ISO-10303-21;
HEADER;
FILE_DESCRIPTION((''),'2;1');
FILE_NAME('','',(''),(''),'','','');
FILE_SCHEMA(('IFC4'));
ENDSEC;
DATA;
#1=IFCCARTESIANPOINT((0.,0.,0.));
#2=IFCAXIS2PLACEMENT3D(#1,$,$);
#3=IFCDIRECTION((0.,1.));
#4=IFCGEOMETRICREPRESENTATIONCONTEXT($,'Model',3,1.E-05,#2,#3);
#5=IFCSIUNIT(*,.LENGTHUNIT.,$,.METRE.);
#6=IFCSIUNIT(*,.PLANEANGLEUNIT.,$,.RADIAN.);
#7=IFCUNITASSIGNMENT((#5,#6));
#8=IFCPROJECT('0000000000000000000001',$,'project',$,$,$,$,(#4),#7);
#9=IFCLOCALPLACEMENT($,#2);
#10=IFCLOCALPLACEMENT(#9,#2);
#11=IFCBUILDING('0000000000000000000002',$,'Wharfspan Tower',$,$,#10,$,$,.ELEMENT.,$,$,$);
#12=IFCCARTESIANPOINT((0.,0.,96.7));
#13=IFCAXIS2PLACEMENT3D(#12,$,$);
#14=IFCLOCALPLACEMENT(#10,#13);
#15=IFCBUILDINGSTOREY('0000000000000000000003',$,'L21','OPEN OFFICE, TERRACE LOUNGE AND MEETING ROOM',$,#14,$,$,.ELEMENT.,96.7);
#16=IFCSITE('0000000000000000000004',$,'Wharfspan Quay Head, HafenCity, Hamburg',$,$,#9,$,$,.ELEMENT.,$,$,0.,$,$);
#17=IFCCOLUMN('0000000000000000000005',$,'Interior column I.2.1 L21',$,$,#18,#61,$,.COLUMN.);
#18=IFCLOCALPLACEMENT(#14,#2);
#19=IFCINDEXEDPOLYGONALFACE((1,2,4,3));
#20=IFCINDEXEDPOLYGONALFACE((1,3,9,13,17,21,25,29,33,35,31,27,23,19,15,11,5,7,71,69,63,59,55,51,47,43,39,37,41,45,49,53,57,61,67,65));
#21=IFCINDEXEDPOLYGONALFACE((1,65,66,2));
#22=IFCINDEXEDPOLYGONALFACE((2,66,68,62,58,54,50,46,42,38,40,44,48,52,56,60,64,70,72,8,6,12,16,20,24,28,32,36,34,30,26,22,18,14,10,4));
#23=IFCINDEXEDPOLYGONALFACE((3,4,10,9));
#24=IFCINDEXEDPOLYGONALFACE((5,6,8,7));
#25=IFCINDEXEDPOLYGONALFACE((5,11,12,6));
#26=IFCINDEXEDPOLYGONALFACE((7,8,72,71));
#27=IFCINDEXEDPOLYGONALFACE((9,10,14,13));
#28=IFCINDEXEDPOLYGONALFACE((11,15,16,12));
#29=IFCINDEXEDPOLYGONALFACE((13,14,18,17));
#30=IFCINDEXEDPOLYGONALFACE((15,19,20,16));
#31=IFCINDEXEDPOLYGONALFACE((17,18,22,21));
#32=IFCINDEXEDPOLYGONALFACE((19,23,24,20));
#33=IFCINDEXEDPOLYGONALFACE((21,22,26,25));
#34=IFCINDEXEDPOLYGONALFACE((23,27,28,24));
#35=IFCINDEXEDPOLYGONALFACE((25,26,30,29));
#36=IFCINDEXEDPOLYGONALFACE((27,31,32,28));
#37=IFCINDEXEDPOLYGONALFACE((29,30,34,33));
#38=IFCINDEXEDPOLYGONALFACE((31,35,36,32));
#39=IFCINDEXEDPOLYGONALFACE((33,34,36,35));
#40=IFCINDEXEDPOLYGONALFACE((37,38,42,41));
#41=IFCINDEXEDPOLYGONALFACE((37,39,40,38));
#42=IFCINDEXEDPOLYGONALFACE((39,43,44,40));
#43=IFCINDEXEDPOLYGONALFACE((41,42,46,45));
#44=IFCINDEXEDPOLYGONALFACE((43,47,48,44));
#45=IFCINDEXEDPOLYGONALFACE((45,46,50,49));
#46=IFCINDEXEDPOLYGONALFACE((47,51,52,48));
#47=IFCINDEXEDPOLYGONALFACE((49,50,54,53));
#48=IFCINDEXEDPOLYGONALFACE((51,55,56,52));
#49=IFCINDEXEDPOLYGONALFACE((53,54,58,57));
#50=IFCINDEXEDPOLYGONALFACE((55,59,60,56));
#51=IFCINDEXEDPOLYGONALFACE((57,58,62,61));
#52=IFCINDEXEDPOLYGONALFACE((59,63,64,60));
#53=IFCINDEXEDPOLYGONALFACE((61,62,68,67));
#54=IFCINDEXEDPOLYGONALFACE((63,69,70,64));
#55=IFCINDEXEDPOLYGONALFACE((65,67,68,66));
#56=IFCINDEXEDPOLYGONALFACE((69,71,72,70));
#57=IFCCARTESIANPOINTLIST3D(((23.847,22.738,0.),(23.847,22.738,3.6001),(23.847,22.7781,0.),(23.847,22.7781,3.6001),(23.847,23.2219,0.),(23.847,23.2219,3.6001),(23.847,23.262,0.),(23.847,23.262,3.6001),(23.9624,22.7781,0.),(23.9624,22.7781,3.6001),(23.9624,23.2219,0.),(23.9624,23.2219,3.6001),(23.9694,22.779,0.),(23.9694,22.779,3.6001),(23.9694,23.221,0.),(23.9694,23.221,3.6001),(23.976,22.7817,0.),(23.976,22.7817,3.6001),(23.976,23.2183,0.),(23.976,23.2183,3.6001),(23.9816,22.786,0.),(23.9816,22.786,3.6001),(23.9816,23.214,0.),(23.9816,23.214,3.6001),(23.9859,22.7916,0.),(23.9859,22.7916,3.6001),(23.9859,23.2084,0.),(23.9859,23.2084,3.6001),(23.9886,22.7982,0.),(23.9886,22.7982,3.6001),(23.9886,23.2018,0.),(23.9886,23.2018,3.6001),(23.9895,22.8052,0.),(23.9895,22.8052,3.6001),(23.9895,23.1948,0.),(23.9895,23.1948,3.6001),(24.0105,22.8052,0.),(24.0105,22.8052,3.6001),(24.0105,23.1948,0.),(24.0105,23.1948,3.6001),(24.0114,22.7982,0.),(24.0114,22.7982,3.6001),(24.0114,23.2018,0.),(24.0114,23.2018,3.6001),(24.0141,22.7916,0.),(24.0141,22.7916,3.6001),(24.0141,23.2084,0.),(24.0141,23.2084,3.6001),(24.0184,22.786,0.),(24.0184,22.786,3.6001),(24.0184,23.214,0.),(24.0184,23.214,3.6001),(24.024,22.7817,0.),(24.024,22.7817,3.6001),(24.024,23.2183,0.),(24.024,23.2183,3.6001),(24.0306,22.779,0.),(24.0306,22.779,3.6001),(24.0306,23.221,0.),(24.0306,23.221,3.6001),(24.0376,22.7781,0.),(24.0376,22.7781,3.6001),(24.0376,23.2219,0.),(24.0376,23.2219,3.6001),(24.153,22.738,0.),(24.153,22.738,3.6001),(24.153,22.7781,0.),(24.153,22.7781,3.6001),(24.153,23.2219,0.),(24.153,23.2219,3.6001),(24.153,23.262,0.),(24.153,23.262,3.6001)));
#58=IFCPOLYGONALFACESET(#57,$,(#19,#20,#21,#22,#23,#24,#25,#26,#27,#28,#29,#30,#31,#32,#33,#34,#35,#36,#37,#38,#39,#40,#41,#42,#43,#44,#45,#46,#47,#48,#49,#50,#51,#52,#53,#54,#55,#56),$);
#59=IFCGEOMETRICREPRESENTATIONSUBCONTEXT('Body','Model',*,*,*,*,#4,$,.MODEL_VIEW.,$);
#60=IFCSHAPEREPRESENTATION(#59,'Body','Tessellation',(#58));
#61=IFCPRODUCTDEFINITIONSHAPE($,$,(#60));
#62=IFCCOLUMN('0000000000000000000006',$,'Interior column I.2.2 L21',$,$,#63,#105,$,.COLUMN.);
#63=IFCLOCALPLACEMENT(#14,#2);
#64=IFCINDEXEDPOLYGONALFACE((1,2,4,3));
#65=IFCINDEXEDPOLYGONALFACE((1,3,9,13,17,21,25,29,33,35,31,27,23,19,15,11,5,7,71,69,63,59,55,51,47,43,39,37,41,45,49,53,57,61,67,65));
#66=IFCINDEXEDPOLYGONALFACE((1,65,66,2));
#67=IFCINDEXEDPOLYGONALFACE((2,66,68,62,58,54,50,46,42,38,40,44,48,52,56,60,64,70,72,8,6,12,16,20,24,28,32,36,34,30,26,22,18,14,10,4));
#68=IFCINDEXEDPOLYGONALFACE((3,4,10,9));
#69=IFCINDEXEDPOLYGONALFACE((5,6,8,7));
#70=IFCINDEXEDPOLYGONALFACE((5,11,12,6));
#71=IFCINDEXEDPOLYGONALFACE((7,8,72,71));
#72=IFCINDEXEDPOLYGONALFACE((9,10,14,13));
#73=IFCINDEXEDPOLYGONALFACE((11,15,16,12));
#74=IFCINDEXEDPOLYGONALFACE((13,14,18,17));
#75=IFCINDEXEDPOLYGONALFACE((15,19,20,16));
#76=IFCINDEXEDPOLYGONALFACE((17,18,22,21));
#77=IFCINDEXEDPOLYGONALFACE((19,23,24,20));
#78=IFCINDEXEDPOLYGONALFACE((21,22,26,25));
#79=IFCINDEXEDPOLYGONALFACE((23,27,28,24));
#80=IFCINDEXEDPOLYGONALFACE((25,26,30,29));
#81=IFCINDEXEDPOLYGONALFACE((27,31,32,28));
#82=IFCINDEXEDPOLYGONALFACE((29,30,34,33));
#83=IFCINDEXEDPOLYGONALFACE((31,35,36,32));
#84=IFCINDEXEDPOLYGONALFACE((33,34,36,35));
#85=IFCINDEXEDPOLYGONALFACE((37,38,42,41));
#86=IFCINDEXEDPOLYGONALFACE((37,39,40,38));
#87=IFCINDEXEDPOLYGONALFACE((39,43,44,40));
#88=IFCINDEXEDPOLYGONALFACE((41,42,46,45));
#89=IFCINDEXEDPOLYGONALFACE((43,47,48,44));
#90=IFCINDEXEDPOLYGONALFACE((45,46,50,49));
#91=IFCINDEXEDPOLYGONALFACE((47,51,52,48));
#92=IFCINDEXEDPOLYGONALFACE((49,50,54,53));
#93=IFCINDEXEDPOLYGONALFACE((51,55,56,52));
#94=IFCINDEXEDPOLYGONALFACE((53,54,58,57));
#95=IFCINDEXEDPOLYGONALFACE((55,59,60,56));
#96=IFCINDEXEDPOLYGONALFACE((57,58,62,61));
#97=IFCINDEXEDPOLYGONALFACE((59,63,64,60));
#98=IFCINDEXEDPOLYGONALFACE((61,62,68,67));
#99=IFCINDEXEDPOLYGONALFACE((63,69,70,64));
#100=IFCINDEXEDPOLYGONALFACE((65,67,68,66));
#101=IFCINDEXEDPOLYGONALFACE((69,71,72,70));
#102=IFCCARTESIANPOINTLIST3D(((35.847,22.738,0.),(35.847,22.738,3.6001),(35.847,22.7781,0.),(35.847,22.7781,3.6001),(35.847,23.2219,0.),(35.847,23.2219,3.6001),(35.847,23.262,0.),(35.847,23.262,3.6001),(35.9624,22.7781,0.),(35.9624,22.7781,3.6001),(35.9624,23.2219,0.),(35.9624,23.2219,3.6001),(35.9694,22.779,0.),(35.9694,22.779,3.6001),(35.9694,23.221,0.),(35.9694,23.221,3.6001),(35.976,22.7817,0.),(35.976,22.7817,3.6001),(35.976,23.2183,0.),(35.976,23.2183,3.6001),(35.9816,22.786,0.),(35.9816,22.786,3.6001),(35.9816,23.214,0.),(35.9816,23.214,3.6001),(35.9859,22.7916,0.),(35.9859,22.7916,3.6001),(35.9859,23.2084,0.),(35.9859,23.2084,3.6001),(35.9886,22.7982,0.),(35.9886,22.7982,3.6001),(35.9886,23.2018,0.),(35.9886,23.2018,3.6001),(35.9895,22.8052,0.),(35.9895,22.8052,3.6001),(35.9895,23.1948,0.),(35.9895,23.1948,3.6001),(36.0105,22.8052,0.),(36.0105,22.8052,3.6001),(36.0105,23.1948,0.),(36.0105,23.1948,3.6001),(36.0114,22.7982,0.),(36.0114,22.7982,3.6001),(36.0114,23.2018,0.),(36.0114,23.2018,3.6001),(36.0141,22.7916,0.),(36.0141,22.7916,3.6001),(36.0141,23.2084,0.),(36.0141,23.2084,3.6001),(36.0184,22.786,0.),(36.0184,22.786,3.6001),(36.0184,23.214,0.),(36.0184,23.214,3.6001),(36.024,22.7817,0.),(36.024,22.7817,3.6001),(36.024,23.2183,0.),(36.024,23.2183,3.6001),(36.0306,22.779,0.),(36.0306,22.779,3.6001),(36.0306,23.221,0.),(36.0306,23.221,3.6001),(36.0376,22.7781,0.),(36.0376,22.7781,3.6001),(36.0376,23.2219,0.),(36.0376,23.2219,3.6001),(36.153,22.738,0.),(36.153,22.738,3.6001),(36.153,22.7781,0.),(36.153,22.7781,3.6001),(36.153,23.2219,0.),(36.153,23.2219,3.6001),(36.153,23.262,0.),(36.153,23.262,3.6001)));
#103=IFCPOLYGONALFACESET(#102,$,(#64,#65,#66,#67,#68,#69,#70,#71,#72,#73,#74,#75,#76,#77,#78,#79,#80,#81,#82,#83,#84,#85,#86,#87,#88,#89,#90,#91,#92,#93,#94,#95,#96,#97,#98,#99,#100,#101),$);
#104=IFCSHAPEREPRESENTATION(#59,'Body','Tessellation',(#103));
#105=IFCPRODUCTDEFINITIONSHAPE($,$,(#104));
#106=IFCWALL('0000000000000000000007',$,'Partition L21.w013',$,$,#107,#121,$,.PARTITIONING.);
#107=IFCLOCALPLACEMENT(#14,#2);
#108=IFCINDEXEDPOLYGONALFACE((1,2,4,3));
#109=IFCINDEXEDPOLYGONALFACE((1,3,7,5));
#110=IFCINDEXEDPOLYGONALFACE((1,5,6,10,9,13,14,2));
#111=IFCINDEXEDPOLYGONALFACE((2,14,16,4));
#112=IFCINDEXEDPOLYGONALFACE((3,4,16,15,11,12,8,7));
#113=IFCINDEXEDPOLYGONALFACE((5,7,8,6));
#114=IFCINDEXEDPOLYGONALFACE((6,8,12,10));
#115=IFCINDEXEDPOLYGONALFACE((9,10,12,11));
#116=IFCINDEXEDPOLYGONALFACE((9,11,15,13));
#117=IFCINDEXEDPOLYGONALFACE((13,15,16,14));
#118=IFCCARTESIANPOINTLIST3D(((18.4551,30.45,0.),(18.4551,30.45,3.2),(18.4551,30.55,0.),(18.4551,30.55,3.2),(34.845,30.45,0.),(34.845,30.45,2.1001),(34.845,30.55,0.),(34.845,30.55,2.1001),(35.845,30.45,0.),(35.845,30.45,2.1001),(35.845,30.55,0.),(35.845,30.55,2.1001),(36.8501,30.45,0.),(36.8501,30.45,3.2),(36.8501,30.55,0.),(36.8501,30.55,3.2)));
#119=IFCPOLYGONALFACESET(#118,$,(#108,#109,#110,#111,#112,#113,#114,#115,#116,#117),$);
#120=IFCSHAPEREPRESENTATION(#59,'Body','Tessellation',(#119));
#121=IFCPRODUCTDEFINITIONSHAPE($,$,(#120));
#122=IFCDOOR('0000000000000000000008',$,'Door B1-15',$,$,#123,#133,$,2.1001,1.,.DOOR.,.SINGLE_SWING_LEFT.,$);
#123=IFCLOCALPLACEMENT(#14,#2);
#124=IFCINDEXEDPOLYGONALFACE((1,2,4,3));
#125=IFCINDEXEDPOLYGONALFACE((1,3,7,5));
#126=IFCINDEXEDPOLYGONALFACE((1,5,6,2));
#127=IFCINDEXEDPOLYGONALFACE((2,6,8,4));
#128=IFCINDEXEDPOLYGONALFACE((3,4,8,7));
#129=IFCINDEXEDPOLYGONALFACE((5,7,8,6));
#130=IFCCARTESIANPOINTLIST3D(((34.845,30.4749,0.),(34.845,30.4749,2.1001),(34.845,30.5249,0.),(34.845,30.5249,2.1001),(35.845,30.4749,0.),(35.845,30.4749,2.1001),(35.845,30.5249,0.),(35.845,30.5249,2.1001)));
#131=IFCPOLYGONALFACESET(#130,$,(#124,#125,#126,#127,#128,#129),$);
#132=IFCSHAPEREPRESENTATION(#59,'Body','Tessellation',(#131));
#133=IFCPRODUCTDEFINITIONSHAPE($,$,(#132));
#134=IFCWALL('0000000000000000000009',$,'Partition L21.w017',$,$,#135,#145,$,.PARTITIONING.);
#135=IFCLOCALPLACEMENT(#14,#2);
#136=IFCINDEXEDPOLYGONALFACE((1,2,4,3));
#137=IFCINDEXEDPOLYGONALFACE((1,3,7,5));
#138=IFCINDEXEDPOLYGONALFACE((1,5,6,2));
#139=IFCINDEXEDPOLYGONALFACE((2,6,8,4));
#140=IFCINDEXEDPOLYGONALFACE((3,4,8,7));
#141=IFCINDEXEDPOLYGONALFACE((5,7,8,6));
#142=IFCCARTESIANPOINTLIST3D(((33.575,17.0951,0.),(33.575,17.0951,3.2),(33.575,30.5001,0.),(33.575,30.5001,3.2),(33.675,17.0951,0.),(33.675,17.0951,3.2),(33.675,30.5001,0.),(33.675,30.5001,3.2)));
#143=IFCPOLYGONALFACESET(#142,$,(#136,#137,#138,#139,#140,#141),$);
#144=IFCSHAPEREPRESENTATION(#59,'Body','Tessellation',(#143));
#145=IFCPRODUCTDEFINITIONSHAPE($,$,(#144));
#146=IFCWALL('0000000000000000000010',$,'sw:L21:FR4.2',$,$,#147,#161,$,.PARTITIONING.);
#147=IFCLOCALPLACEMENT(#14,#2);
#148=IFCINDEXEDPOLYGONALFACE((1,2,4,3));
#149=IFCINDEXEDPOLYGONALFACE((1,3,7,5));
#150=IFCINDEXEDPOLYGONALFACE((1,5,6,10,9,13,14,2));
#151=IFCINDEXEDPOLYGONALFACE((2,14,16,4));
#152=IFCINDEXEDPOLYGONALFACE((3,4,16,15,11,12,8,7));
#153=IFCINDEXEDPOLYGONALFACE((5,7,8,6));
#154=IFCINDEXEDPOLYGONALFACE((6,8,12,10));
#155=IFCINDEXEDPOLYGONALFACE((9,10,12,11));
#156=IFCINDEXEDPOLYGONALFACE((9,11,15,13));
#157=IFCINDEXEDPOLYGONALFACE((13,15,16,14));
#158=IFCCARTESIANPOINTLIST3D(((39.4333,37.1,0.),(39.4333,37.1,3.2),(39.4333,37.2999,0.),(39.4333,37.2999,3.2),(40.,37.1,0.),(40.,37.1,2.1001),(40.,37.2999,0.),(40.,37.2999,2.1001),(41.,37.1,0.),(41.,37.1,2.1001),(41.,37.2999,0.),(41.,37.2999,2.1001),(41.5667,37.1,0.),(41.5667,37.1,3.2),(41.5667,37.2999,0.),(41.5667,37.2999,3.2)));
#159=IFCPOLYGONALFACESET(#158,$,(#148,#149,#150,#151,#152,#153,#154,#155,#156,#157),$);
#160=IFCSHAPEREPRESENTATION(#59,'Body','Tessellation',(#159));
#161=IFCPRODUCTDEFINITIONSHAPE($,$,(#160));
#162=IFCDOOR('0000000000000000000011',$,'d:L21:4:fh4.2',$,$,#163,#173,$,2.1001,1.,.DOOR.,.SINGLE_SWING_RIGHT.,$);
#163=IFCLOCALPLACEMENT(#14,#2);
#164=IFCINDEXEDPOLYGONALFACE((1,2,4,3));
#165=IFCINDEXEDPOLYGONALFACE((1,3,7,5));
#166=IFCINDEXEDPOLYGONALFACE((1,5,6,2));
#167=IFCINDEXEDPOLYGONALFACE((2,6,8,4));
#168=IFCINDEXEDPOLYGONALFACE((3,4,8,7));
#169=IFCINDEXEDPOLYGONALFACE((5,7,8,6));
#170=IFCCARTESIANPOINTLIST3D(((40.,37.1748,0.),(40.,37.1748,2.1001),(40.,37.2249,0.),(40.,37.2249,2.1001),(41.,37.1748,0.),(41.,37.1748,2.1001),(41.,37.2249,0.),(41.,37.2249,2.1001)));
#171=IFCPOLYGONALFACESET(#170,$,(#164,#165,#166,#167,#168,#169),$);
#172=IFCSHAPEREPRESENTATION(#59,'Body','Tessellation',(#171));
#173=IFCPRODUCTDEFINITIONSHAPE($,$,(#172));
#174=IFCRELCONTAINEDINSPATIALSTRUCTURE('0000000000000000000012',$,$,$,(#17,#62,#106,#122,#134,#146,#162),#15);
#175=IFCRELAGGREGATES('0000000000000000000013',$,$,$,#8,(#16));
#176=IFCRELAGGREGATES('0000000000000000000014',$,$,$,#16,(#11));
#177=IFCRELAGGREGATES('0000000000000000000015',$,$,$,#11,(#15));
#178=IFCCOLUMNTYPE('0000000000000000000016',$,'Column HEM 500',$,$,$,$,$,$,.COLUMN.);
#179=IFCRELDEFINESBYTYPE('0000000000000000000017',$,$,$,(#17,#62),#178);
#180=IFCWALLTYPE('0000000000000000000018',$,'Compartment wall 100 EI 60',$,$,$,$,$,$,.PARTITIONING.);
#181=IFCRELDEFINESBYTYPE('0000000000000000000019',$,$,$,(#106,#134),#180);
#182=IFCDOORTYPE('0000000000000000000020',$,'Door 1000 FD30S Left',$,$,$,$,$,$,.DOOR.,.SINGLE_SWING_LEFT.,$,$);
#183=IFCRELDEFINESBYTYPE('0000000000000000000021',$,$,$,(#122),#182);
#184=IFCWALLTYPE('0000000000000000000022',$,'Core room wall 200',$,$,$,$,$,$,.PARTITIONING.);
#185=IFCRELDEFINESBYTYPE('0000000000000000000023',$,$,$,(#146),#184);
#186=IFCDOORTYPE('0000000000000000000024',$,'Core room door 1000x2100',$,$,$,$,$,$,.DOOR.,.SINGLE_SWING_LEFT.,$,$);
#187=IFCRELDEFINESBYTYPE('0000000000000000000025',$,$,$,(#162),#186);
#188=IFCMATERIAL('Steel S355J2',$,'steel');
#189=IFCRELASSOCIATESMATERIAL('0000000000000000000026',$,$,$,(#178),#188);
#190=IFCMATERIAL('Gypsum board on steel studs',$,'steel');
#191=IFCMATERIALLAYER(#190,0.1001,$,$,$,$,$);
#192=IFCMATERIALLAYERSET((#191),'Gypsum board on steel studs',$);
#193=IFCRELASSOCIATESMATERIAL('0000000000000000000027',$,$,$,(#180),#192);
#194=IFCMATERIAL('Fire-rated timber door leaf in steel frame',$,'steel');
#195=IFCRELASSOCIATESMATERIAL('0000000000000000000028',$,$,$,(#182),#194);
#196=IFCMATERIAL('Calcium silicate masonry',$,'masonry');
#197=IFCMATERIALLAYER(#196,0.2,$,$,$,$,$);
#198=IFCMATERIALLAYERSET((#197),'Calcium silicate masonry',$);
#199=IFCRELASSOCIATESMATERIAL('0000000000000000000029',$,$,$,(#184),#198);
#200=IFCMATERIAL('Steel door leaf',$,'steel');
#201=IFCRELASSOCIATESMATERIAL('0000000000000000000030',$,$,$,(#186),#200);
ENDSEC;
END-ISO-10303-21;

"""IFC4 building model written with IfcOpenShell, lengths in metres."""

from ifc_helpers import new_model, si_unit, direction, frame, frame_2d, origin, origin_2d, place, context, subcontext, project, spatial, rectangle, i_section, extrude, material, layer, layer_set, material_profile, profile_set, type_object, element, fill, save


model = new_model("IFC4")

# Units and contexts
model_context = context("Model", 3, precision=1e-05, world=origin(), true_north=direction((0.0, 1.0)))
body_context = subcontext(model_context, "Body", "Model", "MODEL_VIEW")
ifc_project = project(units=[si_unit("LENGTHUNIT", "METRE"), si_unit("PLANEANGLEUNIT", "RADIAN")], contexts=[model_context])

# Site, building, storey
site_placement = place(None, origin())
site = spatial("IfcSite", under=ifc_project, at=site_placement, Name="Wharfspan Quay Head, HafenCity, Hamburg", CompositionType="ELEMENT", RefElevation=0.0)
building_placement = place(site_placement, origin())
building = spatial("IfcBuilding", under=site, at=building_placement, Name="Wharfspan Tower", CompositionType="ELEMENT")
storey_placement = place(building_placement, frame((0.0, 0.0, 96.7)))
storey = spatial("IfcBuildingStorey", under=building, at=storey_placement, Name="L21", Description="OPEN OFFICE, TERRACE LOUNGE AND MEETING ROOM", CompositionType="ELEMENT", Elevation=96.7)

# Columns
ifc_material_1 = material(Name="Steel S355J2", Category="steel")
ifc_material_profile = material_profile(ifc_material_1, i_section(OverallWidth=0.3059, OverallDepth=0.5239, WebThickness=0.021, FlangeThickness=0.04, FilletRadius=0.0271, at=origin_2d()))
ifc_profile_set = profile_set([ifc_material_profile], Name="Steel S355J2")
column_type = type_object("IfcColumnType", Name="Column HEM 500", PredefinedType="COLUMN", material=ifc_profile_set)
for number, where, z_axis, x_axis, name in (
    (1, (24.0, 23.0, 0.0), (0.0, 0.0, 1.0), (1.0, 0.0, 0.0), "Interior column I.2.1 L21"),
    (2, (36.0, 23.0, 0.0), (0.0, 0.0, 1.0), (1.0, 0.0, 0.0), "Interior column I.2.2 L21"),
):
    element("IfcColumn", number, at=place(storey_placement, frame(where, z_axis=z_axis, x_axis=x_axis)), inside=storey, type_object=column_type, Name=name, PredefinedType="COLUMN", context=body_context, shape_type="SweptSolid", body=[
        extrude(i_section(OverallWidth=0.3059, OverallDepth=0.5239, WebThickness=0.021, FlangeThickness=0.04, FilletRadius=0.0271, at=origin_2d()), origin(), (0.0, 0.0, 1.0), 3.6001),
    ])

# Wall, opening, door
ifc_material_2 = material(Name="Gypsum board on steel studs", Category="steel")
ifc_layer_1 = layer(ifc_material_2, 0.1001)
ifc_layer_set_1 = layer_set([ifc_layer_1], Name="Gypsum board on steel studs")
wall_type_1 = type_object("IfcWallType", Name="Compartment wall 100 EI 60", PredefinedType="PARTITIONING", material=ifc_layer_set_1)
wall_1_placement = place(storey_placement, frame((18.4551, 30.5, 0.0), z_axis=(0.0, 0.0, 1.0), x_axis=(1.0, 0.0, 0.0)))
wall_1 = element("IfcWall", 3, at=wall_1_placement, inside=storey, type_object=wall_type_1, Name="Partition L21.w013", PredefinedType="PARTITIONING", context=body_context, shape_type="SweptSolid", body=[
    extrude(rectangle(XDim=18.395, YDim=0.1001, at=frame_2d((9.1975, 0.0))), origin(), (0.0, 0.0, 1.0), 3.2),
])
opening_1_placement = place(wall_1_placement, frame((16.3899, 0.0, 0.0)))
opening_1 = element("IfcOpeningElement", 4, at=opening_1_placement, cuts=wall_1, PredefinedType="OPENING", context=body_context, shape_type="SweptSolid", body=[
    extrude(rectangle(XDim=1.0, YDim=2.1001, at=frame_2d((0.5, 1.05))), frame((0.0, 0.0601, 0.0), z_axis=(0.0, -1.0, 0.0), x_axis=(1.0, 0.0, 0.0)), (0.0, 0.0, 1.0), 0.1201),
])
ifc_material_3 = material(Name="Fire-rated timber door leaf in steel frame", Category="steel")
door_type_1 = type_object("IfcDoorType", Name="Door 1000 FD30S Left", OperationType="SINGLE_SWING_LEFT", PredefinedType="DOOR", material=ifc_material_3)
door_1_placement = place(opening_1_placement, origin())
door_1 = element("IfcDoor", 5, at=door_1_placement, inside=storey, type_object=door_type_1, Name="Door B1-15", OperationType="SINGLE_SWING_LEFT", OverallHeight=2.1001, OverallWidth=1.0, PredefinedType="DOOR", context=body_context, shape_type="SweptSolid", body=[
    extrude(rectangle(XDim=1.0, YDim=2.1001, at=frame_2d((0.5, 1.05))), frame((0.0, 0.0249, 0.0), z_axis=(0.0, -1.0, 0.0), x_axis=(1.0, 0.0, 0.0)), (0.0, 0.0, 1.0), 0.05),
])
fill(opening_1, door_1)

# Wall
wall_2_placement = place(storey_placement, frame((33.625, 17.095, 0.0), z_axis=(0.0, 0.0, 1.0), x_axis=(0.0, 1.0, 0.0)))
element("IfcWall", 6, at=wall_2_placement, inside=storey, type_object=wall_type_1, Name="Partition L21.w017", PredefinedType="PARTITIONING", context=body_context, shape_type="SweptSolid", body=[
    extrude(rectangle(XDim=13.405, YDim=0.1001, at=frame_2d((6.7026, 0.0))), origin(), (0.0, 0.0, 1.0), 3.2),
])

# Wall, opening, door
ifc_material_4 = material(Name="Calcium silicate masonry", Category="masonry")
ifc_layer_2 = layer(ifc_material_4, 0.2)
ifc_layer_set_2 = layer_set([ifc_layer_2], Name="Calcium silicate masonry")
wall_type_2 = type_object("IfcWallType", Name="Core room wall 200", PredefinedType="PARTITIONING", material=ifc_layer_set_2)
wall_3_placement = place(storey_placement, frame((39.4333, 37.2, 0.0), z_axis=(0.0, 0.0, 1.0), x_axis=(1.0, 0.0, 0.0)))
wall_3 = element("IfcWall", 7, at=wall_3_placement, inside=storey, type_object=wall_type_2, Name="sw:L21:FR4.2", PredefinedType="PARTITIONING", context=body_context, shape_type="SweptSolid", body=[
    extrude(rectangle(XDim=2.1333, YDim=0.2, at=frame_2d((1.0667, 0.0))), origin(), (0.0, 0.0, 1.0), 3.2),
])
opening_2_placement = place(wall_3_placement, frame((0.5666, 0.0, 0.0)))
opening_2 = element("IfcOpeningElement", 8, at=opening_2_placement, cuts=wall_3, PredefinedType="OPENING", context=body_context, shape_type="SweptSolid", body=[
    extrude(rectangle(XDim=1.0, YDim=2.1001, at=frame_2d((0.5, 1.05))), frame((0.0, 0.1099, 0.0), z_axis=(0.0, -1.0, 0.0), x_axis=(1.0, 0.0, 0.0)), (0.0, 0.0, 1.0), 0.22),
])
ifc_material_5 = material(Name="Steel door leaf", Category="steel")
door_type_2 = type_object("IfcDoorType", Name="Core room door 1000x2100", OperationType="SINGLE_SWING_LEFT", PredefinedType="DOOR", material=ifc_material_5)
door_2_placement = place(opening_2_placement, origin())
door_2 = element("IfcDoor", 9, at=door_2_placement, inside=storey, type_object=door_type_2, Name="d:L21:4:fh4.2", OperationType="SINGLE_SWING_RIGHT", OverallHeight=2.1001, OverallWidth=1.0, PredefinedType="DOOR", context=body_context, shape_type="SweptSolid", body=[
    extrude(rectangle(XDim=1.0, YDim=2.1001, at=frame_2d((0.5, 1.05))), frame((0.0, 0.0249, 0.0), z_axis=(0.0, -1.0, 0.0), x_axis=(1.0, 0.0, 0.0)), (0.0, 0.0, 1.0), 0.05),
])
fill(opening_2, door_2)

save(model, "model.ifc")
